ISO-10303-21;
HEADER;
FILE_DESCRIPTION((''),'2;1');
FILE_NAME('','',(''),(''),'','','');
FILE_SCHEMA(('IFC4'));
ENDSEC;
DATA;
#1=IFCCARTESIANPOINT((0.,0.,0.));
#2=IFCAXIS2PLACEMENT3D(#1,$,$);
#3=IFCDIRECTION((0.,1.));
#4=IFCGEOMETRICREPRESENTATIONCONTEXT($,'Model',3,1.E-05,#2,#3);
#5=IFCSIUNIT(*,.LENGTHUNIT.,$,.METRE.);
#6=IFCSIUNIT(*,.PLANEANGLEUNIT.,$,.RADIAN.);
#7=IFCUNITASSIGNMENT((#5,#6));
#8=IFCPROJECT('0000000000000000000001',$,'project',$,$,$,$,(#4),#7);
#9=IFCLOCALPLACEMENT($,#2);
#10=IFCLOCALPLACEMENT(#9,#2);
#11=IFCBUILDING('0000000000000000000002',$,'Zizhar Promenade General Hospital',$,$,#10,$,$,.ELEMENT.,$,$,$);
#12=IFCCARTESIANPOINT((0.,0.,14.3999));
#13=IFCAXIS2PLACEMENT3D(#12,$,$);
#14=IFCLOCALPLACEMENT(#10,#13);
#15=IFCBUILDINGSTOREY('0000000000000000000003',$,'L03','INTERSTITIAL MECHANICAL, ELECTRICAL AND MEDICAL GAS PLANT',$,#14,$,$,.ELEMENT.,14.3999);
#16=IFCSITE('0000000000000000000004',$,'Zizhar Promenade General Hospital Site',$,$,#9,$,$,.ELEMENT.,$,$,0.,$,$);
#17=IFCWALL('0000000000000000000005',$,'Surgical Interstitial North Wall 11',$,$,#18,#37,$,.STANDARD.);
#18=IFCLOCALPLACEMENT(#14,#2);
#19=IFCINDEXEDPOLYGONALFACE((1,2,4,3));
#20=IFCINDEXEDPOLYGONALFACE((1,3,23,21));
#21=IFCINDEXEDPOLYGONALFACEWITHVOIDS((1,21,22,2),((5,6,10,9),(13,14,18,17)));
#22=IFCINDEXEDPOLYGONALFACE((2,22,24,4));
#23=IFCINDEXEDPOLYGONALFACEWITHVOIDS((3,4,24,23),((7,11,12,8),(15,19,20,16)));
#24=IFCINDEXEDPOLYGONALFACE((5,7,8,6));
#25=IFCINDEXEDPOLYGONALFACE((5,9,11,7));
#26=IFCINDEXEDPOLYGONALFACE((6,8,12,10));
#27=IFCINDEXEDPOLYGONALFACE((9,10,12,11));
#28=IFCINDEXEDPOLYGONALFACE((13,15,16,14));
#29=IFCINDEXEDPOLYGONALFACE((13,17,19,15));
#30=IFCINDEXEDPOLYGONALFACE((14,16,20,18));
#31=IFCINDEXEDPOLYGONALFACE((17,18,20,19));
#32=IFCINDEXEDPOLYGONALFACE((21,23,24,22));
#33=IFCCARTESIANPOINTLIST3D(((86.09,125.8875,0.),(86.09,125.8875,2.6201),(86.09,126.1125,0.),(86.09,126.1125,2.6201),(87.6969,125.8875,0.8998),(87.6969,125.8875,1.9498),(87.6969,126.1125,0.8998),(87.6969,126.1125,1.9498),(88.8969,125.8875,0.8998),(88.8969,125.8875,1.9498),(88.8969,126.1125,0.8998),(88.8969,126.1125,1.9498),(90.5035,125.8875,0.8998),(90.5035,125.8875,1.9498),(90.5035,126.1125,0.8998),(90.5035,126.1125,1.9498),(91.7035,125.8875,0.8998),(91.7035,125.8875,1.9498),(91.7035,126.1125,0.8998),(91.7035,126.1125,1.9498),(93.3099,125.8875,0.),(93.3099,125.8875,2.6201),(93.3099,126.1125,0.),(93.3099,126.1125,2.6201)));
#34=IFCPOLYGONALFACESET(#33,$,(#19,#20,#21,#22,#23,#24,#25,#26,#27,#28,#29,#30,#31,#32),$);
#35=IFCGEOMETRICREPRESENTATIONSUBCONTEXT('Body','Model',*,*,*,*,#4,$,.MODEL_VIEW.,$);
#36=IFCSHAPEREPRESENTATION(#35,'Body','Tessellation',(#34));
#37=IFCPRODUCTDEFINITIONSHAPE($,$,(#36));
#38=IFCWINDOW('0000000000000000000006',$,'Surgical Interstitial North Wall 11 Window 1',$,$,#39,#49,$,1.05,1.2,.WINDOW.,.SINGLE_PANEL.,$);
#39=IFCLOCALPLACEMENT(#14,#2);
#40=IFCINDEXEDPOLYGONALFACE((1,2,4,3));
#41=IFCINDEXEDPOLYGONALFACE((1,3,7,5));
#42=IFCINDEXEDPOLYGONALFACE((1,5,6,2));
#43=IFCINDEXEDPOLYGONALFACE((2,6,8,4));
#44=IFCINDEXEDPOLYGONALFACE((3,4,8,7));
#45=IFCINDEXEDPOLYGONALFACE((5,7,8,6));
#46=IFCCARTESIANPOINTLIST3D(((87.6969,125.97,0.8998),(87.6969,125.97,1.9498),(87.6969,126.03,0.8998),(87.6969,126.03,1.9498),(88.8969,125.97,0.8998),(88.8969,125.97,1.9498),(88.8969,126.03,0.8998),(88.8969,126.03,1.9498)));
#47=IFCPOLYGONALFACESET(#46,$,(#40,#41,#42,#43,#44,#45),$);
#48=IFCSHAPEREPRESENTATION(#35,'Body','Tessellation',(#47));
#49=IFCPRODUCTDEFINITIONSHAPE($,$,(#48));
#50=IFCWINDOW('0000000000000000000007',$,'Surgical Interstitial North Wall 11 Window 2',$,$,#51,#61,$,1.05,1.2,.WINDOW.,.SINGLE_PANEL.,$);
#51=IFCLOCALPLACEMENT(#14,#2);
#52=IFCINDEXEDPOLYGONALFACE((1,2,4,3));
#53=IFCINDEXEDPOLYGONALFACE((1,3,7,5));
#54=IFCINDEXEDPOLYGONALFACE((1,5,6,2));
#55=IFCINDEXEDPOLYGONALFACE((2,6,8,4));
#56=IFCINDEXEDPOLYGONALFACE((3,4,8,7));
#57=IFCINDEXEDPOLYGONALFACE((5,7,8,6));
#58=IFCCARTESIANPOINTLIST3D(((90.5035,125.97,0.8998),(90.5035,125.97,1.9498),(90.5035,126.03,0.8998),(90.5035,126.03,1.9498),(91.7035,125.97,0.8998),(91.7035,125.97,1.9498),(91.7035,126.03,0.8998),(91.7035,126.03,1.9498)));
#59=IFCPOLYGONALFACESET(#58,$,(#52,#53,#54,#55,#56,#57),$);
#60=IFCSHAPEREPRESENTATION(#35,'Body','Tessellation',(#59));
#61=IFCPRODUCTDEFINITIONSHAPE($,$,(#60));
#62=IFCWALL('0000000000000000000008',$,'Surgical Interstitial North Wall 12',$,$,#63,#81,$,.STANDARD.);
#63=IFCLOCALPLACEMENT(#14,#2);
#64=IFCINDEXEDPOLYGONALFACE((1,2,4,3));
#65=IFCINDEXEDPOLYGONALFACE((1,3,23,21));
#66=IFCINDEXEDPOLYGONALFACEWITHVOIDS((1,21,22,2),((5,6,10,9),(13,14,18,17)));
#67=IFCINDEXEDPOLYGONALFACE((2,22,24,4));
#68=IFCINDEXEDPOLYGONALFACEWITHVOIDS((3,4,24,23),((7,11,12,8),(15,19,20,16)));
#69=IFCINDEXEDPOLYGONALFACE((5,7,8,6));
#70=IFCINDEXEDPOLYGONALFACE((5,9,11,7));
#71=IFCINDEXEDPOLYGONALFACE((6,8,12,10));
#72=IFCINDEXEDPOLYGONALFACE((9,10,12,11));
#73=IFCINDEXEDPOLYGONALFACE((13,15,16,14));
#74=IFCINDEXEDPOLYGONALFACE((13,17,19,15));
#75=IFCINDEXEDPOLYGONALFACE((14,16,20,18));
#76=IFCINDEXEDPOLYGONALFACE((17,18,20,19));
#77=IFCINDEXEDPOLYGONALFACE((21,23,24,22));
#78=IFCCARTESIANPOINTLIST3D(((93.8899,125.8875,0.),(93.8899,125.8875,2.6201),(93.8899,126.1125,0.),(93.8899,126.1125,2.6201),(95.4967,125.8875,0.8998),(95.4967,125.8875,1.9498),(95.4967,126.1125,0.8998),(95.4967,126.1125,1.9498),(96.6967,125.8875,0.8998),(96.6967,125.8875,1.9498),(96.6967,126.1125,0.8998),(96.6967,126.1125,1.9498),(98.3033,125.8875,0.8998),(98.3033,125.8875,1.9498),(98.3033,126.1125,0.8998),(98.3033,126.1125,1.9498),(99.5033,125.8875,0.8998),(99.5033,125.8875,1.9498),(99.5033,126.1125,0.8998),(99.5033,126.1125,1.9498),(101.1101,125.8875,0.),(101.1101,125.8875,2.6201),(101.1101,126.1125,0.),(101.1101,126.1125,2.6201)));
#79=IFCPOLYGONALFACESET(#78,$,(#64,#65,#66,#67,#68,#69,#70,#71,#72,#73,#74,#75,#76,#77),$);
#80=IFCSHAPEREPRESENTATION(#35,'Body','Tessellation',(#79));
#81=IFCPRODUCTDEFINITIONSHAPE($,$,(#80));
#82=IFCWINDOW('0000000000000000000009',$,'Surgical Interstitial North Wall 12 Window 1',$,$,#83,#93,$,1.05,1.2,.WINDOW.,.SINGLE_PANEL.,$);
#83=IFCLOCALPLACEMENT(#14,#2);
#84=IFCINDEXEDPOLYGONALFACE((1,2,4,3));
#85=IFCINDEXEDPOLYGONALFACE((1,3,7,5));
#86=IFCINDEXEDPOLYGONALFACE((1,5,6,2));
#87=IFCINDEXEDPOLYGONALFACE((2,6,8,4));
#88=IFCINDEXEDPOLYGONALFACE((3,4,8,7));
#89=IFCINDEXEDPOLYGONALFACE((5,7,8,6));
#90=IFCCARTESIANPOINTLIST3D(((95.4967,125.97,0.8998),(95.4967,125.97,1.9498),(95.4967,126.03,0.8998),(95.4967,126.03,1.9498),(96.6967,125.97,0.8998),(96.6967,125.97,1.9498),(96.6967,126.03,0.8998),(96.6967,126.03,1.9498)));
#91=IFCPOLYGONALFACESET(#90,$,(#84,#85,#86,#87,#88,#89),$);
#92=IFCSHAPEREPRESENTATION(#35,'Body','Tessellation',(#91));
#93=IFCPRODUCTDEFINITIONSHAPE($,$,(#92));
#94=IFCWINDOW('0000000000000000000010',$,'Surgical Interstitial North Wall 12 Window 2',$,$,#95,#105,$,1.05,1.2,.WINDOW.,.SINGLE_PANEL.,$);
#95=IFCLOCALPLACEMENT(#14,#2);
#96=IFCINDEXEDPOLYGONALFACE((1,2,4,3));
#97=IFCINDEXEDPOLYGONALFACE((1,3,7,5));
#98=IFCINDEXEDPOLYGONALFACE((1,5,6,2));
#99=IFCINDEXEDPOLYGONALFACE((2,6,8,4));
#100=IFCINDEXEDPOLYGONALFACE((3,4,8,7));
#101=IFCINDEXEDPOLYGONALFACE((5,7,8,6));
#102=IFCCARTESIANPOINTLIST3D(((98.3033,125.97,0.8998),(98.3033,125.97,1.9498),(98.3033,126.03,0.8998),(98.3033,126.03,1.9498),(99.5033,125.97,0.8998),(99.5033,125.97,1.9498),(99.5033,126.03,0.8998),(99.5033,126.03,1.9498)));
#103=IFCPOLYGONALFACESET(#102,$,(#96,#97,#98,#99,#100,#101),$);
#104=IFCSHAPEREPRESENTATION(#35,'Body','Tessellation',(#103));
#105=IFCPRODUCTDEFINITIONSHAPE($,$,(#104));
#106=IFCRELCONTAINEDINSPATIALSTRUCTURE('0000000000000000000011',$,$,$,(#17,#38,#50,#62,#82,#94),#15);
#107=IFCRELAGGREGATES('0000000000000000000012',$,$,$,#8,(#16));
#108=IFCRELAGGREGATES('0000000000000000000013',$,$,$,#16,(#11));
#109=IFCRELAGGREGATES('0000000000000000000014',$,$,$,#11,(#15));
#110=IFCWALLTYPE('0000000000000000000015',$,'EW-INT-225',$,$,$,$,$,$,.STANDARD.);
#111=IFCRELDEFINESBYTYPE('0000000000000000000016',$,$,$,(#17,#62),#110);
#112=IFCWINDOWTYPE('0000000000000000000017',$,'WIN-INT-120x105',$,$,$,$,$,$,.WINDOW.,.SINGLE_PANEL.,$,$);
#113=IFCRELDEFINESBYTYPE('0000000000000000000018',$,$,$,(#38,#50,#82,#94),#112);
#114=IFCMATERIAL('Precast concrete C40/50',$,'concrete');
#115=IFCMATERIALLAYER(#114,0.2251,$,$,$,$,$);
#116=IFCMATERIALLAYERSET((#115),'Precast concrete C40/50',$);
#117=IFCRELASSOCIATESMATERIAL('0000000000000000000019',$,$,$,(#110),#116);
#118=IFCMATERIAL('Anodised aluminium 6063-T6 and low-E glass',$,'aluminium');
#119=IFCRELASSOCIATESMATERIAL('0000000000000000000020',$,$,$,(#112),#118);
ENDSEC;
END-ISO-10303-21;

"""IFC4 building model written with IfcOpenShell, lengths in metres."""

from ifc_helpers import new_model, si_unit, direction, frame, frame_2d, origin, place, context, subcontext, project, spatial, rectangle, extrude, material, layer, layer_set, type_object, element, fill, save


model = new_model("IFC4")

# Units and contexts
model_context = context("Model", 3, precision=1e-05, world=origin(), true_north=direction((0.0, 1.0)))
body_context = subcontext(model_context, "Body", "Model", "MODEL_VIEW")
ifc_project = project(units=[si_unit("LENGTHUNIT", "METRE"), si_unit("PLANEANGLEUNIT", "RADIAN")], contexts=[model_context])

# Site, building, storey
site_placement = place(None, origin())
site = spatial("IfcSite", under=ifc_project, at=site_placement, Name="Zizhar Promenade General Hospital Site", CompositionType="ELEMENT", RefElevation=0.0)
building_placement = place(site_placement, origin())
building = spatial("IfcBuilding", under=site, at=building_placement, Name="Zizhar Promenade General Hospital", CompositionType="ELEMENT")
storey_placement = place(building_placement, frame((0.0, 0.0, 14.3999)))
storey = spatial("IfcBuildingStorey", under=building, at=storey_placement, Name="L03", Description="INTERSTITIAL MECHANICAL, ELECTRICAL AND MEDICAL GAS PLANT", CompositionType="ELEMENT", Elevation=14.3999)

# Walls, openings, windows
ifc_material_1 = material(Name="Precast concrete C40/50", Category="concrete")
ifc_layer = layer(ifc_material_1, 0.2251)
ifc_layer_set = layer_set([ifc_layer], Name="Precast concrete C40/50")
wall_type = type_object("IfcWallType", Name="EW-INT-225", PredefinedType="STANDARD", material=ifc_layer_set)
wall_1_placement = place(storey_placement, frame((86.0901, 126.0, 0.0), z_axis=(0.0, 0.0, 1.0), x_axis=(1.0, 0.0, 0.0)))
wall_1 = element("IfcWall", 1, at=wall_1_placement, inside=storey, type_object=wall_type, Name="Surgical Interstitial North Wall 11", PredefinedType="STANDARD", context=body_context, shape_type="SweptSolid", body=[
    extrude(rectangle(XDim=7.22, YDim=0.2251, at=frame_2d((3.6099, 0.0))), origin(), (0.0, 0.0, 1.0), 2.6201),
])
opening_1_placement = place(wall_1_placement, frame((1.6067, 0.0, 0.8999)))
opening_1 = element("IfcOpeningElement", 2, at=opening_1_placement, cuts=wall_1, PredefinedType="OPENING", context=body_context, shape_type="SweptSolid", body=[
    extrude(rectangle(XDim=1.2, YDim=1.05, at=frame_2d((0.6001, 0.5249))), frame((0.0, 0.1226, 0.0), z_axis=(0.0, -1.0, 0.0), x_axis=(1.0, 0.0, 0.0)), (0.0, 0.0, 1.0), 0.2451),
])
opening_2_placement = place(wall_1_placement, frame((4.4133, 0.0, 0.8999)))
opening_2 = element("IfcOpeningElement", 3, at=opening_2_placement, cuts=wall_1, PredefinedType="OPENING", context=body_context, shape_type="SweptSolid", body=[
    extrude(rectangle(XDim=1.2, YDim=1.05, at=frame_2d((0.6001, 0.5249))), frame((0.0, 0.1226, 0.0), z_axis=(0.0, -1.0, 0.0), x_axis=(1.0, 0.0, 0.0)), (0.0, 0.0, 1.0), 0.2451),
])
ifc_material_2 = material(Name="Anodised aluminium 6063-T6 and low-E glass", Category="aluminium")
window_type = type_object("IfcWindowType", Name="WIN-INT-120x105", PartitioningType="SINGLE_PANEL", PredefinedType="WINDOW", material=ifc_material_2)
window_1_placement = place(opening_1_placement, origin())
window_1 = element("IfcWindow", 4, at=window_1_placement, inside=storey, type_object=window_type, Name="Surgical Interstitial North Wall 11 Window 1", OverallHeight=1.05, OverallWidth=1.2, PartitioningType="SINGLE_PANEL", PredefinedType="WINDOW", context=body_context, shape_type="SweptSolid", body=[
    extrude(rectangle(XDim=1.2, YDim=1.05, at=frame_2d((0.6001, 0.5249))), frame((0.0, 0.03, 0.0), z_axis=(0.0, -1.0, 0.0), x_axis=(1.0, 0.0, 0.0)), (0.0, 0.0, 1.0), 0.0601),
])
fill(opening_1, window_1)
window_2_placement = place(opening_2_placement, origin())
window_2 = element("IfcWindow", 5, at=window_2_placement, inside=storey, type_object=window_type, Name="Surgical Interstitial North Wall 11 Window 2", OverallHeight=1.05, OverallWidth=1.2, PartitioningType="SINGLE_PANEL", PredefinedType="WINDOW", context=body_context, shape_type="SweptSolid", body=[
    extrude(rectangle(XDim=1.2, YDim=1.05, at=frame_2d((0.6001, 0.5249))), frame((0.0, 0.03, 0.0), z_axis=(0.0, -1.0, 0.0), x_axis=(1.0, 0.0, 0.0)), (0.0, 0.0, 1.0), 0.0601),
])
fill(opening_2, window_2)
wall_2_placement = place(storey_placement, frame((93.8899, 126.0, 0.0), z_axis=(0.0, 0.0, 1.0), x_axis=(1.0, 0.0, 0.0)))
wall_2 = element("IfcWall", 6, at=wall_2_placement, inside=storey, type_object=wall_type, Name="Surgical Interstitial North Wall 12", PredefinedType="STANDARD", context=body_context, shape_type="SweptSolid", body=[
    extrude(rectangle(XDim=7.2202, YDim=0.2251, at=frame_2d((3.6101, 0.0))), origin(), (0.0, 0.0, 1.0), 2.6201),
])
opening_3_placement = place(wall_2_placement, frame((1.6067, 0.0, 0.8999)))
opening_3 = element("IfcOpeningElement", 7, at=opening_3_placement, cuts=wall_2, PredefinedType="OPENING", context=body_context, shape_type="SweptSolid", body=[
    extrude(rectangle(XDim=1.2, YDim=1.05, at=frame_2d((0.6001, 0.5249))), frame((0.0, 0.1226, 0.0), z_axis=(0.0, -1.0, 0.0), x_axis=(1.0, 0.0, 0.0)), (0.0, 0.0, 1.0), 0.2451),
])
opening_4_placement = place(wall_2_placement, frame((4.4133, 0.0, 0.8999)))
opening_4 = element("IfcOpeningElement", 8, at=opening_4_placement, cuts=wall_2, PredefinedType="OPENING", context=body_context, shape_type="SweptSolid", body=[
    extrude(rectangle(XDim=1.2, YDim=1.05, at=frame_2d((0.6001, 0.5249))), frame((0.0, 0.1226, 0.0), z_axis=(0.0, -1.0, 0.0), x_axis=(1.0, 0.0, 0.0)), (0.0, 0.0, 1.0), 0.2451),
])
window_3_placement = place(opening_3_placement, origin())
window_3 = element("IfcWindow", 9, at=window_3_placement, inside=storey, type_object=window_type, Name="Surgical Interstitial North Wall 12 Window 1", OverallHeight=1.05, OverallWidth=1.2, PartitioningType="SINGLE_PANEL", PredefinedType="WINDOW", context=body_context, shape_type="SweptSolid", body=[
    extrude(rectangle(XDim=1.2, YDim=1.05, at=frame_2d((0.6001, 0.5249))), frame((0.0, 0.03, 0.0), z_axis=(0.0, -1.0, 0.0), x_axis=(1.0, 0.0, 0.0)), (0.0, 0.0, 1.0), 0.0601),
])
fill(opening_3, window_3)
window_4_placement = place(opening_4_placement, origin())
window_4 = element("IfcWindow", 10, at=window_4_placement, inside=storey, type_object=window_type, Name="Surgical Interstitial North Wall 12 Window 2", OverallHeight=1.05, OverallWidth=1.2, PartitioningType="SINGLE_PANEL", PredefinedType="WINDOW", context=body_context, shape_type="SweptSolid", body=[
    extrude(rectangle(XDim=1.2, YDim=1.05, at=frame_2d((0.6001, 0.5249))), frame((0.0, 0.03, 0.0), z_axis=(0.0, -1.0, 0.0), x_axis=(1.0, 0.0, 0.0)), (0.0, 0.0, 1.0), 0.0601),
])
fill(opening_4, window_4)

save(model, "model.ifc")
